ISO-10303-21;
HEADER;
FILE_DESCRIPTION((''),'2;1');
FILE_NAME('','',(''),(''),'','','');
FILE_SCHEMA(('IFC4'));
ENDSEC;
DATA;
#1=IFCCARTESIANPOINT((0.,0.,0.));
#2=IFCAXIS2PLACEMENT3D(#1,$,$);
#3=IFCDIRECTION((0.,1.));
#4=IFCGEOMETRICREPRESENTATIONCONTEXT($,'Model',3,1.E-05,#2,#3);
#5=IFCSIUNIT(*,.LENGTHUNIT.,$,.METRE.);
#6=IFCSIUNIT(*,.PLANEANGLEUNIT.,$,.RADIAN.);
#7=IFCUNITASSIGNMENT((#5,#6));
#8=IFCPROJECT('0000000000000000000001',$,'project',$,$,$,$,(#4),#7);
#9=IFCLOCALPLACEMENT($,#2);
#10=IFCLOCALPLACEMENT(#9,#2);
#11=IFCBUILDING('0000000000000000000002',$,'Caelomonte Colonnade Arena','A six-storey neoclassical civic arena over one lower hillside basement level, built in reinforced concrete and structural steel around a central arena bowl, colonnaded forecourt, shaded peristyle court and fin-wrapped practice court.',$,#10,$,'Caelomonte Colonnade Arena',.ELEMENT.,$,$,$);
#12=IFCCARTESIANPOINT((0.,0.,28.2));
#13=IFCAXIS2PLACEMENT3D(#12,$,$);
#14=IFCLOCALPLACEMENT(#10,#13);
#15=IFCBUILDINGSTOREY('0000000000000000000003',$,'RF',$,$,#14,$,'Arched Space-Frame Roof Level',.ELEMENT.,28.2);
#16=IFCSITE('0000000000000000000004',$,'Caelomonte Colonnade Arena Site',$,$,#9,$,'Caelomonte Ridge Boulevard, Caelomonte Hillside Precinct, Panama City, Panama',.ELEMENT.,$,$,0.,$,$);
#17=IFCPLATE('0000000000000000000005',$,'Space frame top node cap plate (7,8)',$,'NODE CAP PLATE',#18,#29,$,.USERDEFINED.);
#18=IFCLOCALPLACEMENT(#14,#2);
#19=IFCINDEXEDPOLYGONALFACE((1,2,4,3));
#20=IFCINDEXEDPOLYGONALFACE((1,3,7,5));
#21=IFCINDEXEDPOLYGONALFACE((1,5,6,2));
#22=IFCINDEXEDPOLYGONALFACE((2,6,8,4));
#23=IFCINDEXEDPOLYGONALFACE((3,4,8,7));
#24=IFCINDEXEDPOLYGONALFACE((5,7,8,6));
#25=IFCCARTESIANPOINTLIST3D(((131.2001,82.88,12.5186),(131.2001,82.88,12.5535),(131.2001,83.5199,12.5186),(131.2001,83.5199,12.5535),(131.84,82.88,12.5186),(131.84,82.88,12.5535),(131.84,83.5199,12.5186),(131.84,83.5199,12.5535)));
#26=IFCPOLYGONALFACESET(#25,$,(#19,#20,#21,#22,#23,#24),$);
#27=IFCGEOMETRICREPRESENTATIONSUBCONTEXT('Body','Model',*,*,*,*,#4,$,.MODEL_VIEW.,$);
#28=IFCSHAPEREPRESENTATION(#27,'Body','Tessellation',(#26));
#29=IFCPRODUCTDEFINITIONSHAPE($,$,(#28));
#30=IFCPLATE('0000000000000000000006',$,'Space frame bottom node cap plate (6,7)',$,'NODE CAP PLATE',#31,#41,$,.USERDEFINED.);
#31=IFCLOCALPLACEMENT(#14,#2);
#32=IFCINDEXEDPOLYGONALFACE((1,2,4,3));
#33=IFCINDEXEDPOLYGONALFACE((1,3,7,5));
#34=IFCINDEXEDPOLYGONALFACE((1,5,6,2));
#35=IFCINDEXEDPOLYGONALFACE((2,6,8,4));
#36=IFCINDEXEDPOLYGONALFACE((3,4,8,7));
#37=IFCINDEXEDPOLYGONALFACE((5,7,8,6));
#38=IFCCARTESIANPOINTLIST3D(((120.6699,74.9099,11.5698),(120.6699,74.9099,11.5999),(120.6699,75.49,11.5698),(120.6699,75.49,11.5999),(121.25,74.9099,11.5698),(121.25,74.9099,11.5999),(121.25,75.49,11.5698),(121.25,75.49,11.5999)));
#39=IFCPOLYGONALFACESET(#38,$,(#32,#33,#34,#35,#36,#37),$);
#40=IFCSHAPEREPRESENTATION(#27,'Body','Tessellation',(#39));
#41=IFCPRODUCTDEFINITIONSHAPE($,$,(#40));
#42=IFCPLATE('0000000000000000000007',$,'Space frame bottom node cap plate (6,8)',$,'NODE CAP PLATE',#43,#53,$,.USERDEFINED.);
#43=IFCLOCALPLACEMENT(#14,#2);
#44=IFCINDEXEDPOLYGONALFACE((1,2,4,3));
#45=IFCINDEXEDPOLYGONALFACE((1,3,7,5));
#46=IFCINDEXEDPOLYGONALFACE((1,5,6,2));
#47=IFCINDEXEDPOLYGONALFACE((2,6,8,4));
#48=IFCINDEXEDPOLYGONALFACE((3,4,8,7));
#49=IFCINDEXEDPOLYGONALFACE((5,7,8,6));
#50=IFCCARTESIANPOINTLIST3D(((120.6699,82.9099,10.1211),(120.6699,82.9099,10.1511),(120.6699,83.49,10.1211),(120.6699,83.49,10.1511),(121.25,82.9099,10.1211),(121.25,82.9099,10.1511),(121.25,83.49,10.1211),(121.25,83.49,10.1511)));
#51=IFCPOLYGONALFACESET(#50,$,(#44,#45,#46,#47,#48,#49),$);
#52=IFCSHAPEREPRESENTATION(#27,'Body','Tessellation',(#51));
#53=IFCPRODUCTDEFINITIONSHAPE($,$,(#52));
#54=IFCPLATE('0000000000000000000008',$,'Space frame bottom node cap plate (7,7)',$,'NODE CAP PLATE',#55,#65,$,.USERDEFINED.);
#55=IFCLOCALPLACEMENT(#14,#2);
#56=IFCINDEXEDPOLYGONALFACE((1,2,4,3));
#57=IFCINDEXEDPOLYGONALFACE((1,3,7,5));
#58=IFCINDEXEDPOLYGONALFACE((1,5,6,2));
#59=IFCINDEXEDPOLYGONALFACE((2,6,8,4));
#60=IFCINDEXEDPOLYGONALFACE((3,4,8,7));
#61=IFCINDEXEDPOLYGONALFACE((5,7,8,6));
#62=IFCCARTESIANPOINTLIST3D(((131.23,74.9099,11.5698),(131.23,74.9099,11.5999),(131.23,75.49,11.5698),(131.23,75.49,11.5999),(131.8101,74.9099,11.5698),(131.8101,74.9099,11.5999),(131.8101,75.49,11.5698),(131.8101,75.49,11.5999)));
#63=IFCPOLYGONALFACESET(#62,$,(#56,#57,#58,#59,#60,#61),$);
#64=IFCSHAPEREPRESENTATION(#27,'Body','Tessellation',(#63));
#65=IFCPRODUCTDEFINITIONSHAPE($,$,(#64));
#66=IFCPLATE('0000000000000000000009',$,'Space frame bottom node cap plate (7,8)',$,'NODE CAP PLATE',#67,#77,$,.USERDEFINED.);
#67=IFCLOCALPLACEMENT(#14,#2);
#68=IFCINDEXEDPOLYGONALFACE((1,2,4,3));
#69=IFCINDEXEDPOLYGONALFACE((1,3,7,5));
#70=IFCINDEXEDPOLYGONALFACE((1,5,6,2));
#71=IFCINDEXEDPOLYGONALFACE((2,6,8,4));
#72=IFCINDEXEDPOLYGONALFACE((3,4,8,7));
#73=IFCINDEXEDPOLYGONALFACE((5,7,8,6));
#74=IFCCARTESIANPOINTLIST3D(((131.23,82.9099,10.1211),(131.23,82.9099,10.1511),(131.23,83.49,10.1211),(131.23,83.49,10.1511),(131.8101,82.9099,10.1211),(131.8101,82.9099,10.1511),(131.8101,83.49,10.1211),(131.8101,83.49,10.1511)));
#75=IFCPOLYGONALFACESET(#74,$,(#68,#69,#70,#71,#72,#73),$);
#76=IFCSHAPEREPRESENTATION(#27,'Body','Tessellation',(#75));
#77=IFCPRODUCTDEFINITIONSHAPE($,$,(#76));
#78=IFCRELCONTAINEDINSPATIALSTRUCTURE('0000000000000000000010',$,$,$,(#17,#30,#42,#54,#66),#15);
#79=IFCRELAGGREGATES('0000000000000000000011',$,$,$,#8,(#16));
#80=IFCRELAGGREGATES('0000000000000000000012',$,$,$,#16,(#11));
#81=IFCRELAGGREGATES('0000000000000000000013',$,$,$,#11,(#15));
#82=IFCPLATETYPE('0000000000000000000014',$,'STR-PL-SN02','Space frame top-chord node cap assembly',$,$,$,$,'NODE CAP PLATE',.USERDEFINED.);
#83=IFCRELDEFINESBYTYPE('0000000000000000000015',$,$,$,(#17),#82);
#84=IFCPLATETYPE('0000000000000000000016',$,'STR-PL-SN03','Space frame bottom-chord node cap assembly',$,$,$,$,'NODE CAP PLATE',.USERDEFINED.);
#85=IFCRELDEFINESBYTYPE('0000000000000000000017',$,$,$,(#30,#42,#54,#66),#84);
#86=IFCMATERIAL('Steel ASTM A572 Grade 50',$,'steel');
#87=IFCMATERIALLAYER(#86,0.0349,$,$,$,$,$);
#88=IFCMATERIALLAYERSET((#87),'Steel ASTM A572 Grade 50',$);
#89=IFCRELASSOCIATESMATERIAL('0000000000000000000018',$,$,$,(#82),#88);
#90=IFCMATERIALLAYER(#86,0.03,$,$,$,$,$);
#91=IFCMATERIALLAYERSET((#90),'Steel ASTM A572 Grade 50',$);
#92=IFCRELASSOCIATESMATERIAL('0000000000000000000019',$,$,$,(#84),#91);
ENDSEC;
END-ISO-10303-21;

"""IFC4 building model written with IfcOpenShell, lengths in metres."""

from ifc_helpers import new_model, si_unit, direction, frame, origin, origin_2d, place, context, subcontext, project, spatial, rectangle, extrude, material, layer, layer_set, type_object, element, save


model = new_model("IFC4")

# Units and contexts
model_context = context("Model", 3, precision=1e-05, world=origin(), true_north=direction((0.0, 1.0)))
body_context = subcontext(model_context, "Body", "Model", "MODEL_VIEW")
ifc_project = project(units=[si_unit("LENGTHUNIT", "METRE"), si_unit("PLANEANGLEUNIT", "RADIAN")], contexts=[model_context])

# Site, building, storey
site_placement = place(None, origin())
site = spatial("IfcSite", under=ifc_project, at=site_placement, Name="Caelomonte Colonnade Arena Site", LongName="Caelomonte Ridge Boulevard, Caelomonte Hillside Precinct, Panama City, Panama", CompositionType="ELEMENT", RefElevation=0.0)
building_placement = place(site_placement, origin())
building = spatial("IfcBuilding", under=site, at=building_placement, Name="Caelomonte Colonnade Arena", Description="A six-storey neoclassical civic arena over one lower hillside basement level, built in reinforced concrete and structural steel around a central arena bowl, colonnaded forecourt, shaded peristyle court and fin-wrapped practice court.", LongName="Caelomonte Colonnade Arena", CompositionType="ELEMENT")
storey_placement = place(building_placement, frame((0.0, 0.0, 28.2)))
storey = spatial("IfcBuildingStorey", under=building, at=storey_placement, Name="RF", LongName="Arched Space-Frame Roof Level", CompositionType="ELEMENT", Elevation=28.2)

# Plates
ifc_material_1 = material(Name="Steel ASTM A572 Grade 50", Category="steel")
ifc_layer_1 = layer(ifc_material_1, 0.0349)
ifc_layer_set_1 = layer_set([ifc_layer_1], Name="Steel ASTM A572 Grade 50")
plate_type_1 = type_object("IfcPlateType", Name="STR-PL-SN02", Description="Space frame top-chord node cap assembly", ElementType="NODE CAP PLATE", PredefinedType="USERDEFINED", material=ifc_layer_set_1)
for number, where, z_axis, x_axis, name in (
    (1, (131.52, 83.2, 12.5186), (0.0, 0.0, 1.0), (1.0, 0.0, 0.0), "Space frame top node cap plate (7,8)"),
):
    element("IfcPlate", number, at=place(storey_placement, frame(where, z_axis=z_axis, x_axis=x_axis)), inside=storey, type_object=plate_type_1, Name=name, ObjectType="NODE CAP PLATE", PredefinedType="USERDEFINED", context=body_context, shape_type="SweptSolid", body=[
        extrude(rectangle(XDim=0.6399, YDim=0.6399, at=origin_2d()), origin(), (0.0, 0.0, 1.0), 0.0349),
    ])
ifc_layer_2 = layer(ifc_material_1, 0.03)
ifc_layer_set_2 = layer_set([ifc_layer_2], Name="Steel ASTM A572 Grade 50")
plate_type_2 = type_object("IfcPlateType", Name="STR-PL-SN03", Description="Space frame bottom-chord node cap assembly", ElementType="NODE CAP PLATE", PredefinedType="USERDEFINED", material=ifc_layer_set_2)
for number, where, z_axis, x_axis, name in (
    (2, (120.96, 75.2, 11.5698), (0.0, 0.0, 1.0), (1.0, 0.0, 0.0), "Space frame bottom node cap plate (6,7)"),
    (3, (120.96, 83.2, 10.1211), (0.0, 0.0, 1.0), (1.0, 0.0, 0.0), "Space frame bottom node cap plate (6,8)"),
    (4, (131.52, 75.2, 11.5698), (0.0, 0.0, 1.0), (1.0, 0.0, 0.0), "Space frame bottom node cap plate (7,7)"),
    (5, (131.52, 83.2, 10.1211), (0.0, 0.0, 1.0), (1.0, 0.0, 0.0), "Space frame bottom node cap plate (7,8)"),
):
    element("IfcPlate", number, at=place(storey_placement, frame(where, z_axis=z_axis, x_axis=x_axis)), inside=storey, type_object=plate_type_2, Name=name, ObjectType="NODE CAP PLATE", PredefinedType="USERDEFINED", context=body_context, shape_type="SweptSolid", body=[
        extrude(rectangle(XDim=0.5801, YDim=0.5801, at=origin_2d()), origin(), (0.0, 0.0, 1.0), 0.03),
    ])

save(model, "model.ifc")
